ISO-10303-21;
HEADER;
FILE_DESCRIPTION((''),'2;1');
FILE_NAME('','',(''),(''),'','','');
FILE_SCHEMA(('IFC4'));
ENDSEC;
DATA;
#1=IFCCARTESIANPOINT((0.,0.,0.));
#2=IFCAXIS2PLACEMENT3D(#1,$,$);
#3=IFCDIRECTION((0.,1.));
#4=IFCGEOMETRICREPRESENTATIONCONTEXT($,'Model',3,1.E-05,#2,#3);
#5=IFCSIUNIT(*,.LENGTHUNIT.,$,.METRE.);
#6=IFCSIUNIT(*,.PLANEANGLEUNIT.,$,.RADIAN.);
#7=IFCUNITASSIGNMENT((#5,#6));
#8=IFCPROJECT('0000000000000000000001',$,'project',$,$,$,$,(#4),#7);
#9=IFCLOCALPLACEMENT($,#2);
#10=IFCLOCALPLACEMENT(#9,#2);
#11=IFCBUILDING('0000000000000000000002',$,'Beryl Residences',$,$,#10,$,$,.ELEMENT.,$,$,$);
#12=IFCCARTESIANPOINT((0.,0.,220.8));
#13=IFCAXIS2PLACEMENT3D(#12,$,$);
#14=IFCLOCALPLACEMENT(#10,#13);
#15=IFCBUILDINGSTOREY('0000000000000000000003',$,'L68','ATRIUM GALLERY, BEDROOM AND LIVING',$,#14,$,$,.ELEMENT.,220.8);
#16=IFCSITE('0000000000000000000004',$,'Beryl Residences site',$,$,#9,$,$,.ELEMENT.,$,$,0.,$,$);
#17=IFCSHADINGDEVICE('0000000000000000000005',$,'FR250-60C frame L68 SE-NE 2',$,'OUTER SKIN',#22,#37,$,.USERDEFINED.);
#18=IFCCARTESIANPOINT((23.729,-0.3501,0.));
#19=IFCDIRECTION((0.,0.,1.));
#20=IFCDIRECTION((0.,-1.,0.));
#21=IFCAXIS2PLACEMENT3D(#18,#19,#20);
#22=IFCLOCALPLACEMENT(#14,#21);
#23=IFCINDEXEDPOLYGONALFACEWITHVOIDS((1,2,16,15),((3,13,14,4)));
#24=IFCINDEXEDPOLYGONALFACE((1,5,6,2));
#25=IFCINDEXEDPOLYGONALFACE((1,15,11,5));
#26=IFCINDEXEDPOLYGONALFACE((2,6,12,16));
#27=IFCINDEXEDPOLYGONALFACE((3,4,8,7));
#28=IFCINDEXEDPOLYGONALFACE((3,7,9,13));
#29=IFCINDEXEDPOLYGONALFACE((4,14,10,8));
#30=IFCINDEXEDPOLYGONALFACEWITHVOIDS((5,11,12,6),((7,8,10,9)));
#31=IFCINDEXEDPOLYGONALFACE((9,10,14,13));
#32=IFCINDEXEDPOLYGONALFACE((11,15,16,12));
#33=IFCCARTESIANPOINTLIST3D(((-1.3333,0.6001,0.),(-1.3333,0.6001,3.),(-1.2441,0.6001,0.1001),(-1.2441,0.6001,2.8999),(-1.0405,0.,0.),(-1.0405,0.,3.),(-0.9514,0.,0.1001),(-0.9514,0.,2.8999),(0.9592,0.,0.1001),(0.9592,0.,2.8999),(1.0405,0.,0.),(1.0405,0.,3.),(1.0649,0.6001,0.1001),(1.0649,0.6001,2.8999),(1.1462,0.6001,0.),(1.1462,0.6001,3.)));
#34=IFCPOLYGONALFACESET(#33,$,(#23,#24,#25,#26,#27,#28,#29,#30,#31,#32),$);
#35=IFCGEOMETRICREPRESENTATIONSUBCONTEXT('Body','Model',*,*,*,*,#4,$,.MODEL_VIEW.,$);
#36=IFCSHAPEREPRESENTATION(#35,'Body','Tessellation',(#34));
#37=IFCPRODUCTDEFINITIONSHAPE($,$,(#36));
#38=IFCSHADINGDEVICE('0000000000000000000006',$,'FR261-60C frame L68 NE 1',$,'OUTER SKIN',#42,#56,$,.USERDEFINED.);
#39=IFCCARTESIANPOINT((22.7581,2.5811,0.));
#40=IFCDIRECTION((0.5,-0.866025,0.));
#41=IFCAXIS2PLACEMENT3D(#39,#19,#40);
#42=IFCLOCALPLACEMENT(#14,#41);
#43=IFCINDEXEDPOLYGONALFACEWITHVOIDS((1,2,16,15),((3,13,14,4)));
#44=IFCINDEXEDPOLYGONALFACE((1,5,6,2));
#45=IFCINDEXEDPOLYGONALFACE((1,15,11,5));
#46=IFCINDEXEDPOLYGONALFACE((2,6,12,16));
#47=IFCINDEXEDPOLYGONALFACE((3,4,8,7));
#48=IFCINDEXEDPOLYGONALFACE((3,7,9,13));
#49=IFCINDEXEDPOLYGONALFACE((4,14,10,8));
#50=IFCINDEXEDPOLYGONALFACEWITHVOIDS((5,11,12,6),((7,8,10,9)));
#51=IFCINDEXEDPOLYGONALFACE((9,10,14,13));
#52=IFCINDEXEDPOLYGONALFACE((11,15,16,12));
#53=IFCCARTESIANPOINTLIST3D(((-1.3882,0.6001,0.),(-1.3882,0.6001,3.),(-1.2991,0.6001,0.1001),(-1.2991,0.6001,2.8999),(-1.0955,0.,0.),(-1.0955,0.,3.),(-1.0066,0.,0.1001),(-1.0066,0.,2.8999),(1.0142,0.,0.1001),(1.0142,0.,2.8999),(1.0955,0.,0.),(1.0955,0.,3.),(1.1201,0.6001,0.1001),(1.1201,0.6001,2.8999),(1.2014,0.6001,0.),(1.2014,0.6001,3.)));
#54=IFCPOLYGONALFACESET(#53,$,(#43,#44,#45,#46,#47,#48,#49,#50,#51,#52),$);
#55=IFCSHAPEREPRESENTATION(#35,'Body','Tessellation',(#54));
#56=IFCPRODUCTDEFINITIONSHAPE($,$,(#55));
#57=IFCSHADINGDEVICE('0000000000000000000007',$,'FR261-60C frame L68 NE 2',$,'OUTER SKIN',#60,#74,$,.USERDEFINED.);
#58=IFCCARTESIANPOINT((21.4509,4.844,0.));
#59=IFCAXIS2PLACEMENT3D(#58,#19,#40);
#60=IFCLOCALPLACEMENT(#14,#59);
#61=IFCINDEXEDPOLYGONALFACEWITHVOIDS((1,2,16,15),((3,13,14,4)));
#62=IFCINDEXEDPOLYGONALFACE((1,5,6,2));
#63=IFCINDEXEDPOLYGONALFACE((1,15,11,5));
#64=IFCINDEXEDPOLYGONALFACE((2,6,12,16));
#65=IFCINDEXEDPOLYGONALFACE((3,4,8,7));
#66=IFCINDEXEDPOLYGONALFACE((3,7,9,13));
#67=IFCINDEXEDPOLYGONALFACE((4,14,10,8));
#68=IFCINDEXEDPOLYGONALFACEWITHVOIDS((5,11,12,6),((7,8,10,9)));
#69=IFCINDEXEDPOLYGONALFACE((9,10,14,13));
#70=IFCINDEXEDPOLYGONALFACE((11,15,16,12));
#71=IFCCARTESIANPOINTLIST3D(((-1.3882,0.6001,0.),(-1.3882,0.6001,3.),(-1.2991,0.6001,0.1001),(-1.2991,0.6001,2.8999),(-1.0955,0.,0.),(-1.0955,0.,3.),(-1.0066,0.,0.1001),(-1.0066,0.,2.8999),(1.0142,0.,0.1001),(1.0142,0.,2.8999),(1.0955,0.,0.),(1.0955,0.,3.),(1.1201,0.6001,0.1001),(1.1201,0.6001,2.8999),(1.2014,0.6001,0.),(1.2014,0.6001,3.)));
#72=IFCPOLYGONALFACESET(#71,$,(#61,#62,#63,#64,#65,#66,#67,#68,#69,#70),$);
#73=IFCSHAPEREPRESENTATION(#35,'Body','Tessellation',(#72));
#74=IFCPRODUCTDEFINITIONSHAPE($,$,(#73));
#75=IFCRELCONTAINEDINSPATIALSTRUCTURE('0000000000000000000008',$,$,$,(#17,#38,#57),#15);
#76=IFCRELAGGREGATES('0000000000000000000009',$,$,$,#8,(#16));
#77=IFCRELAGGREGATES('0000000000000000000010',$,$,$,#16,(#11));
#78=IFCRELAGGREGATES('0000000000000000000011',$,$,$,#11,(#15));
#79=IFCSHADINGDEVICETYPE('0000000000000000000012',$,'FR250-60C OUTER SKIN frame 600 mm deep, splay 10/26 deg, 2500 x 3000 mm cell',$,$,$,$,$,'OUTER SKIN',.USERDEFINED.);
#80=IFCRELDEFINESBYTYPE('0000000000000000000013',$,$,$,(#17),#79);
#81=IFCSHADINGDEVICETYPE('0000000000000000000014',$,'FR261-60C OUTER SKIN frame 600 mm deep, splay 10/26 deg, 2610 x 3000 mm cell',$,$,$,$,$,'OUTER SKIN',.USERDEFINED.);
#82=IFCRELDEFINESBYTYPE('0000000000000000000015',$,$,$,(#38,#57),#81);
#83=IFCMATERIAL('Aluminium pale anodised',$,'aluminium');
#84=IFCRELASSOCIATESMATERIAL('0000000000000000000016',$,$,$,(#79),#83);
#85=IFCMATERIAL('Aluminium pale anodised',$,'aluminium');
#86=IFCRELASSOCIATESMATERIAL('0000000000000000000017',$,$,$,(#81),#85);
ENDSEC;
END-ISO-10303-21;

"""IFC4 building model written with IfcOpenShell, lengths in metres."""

from ifc_helpers import new_model, entity, si_unit, direction, frame, origin, place, context, subcontext, project, spatial, source, transform, mapped, material, type_object, type_shapes, element, save


model = new_model("IFC4")

# Units and contexts
model_context = context("Model", 3, precision=1e-05, world=origin(), true_north=direction((0.0, 1.0)))
body_context = subcontext(model_context, "Body", "Model", "MODEL_VIEW")
ifc_project = project(units=[si_unit("LENGTHUNIT", "METRE"), si_unit("PLANEANGLEUNIT", "RADIAN")], contexts=[model_context])

# Site, building, storey
site_placement = place(None, origin())
site = spatial("IfcSite", under=ifc_project, at=site_placement, Name="Beryl Residences site", CompositionType="ELEMENT", RefElevation=0.0)
building_placement = place(site_placement, origin())
building = spatial("IfcBuilding", under=site, at=building_placement, Name="Beryl Residences", CompositionType="ELEMENT")
storey_placement = place(building_placement, frame((0.0, 0.0, 220.8)))
storey = spatial("IfcBuildingStorey", under=building, at=storey_placement, Name="L68", Description="ATRIUM GALLERY, BEDROOM AND LIVING", CompositionType="ELEMENT", Elevation=220.8)

# Shading devices
ifc_material_1 = material(Name="Aluminium pale anodised", Category="aluminium")
shading_device_type_1 = type_object("IfcShadingDeviceType", Name="FR250-60C OUTER SKIN frame 600 mm deep, splay 10/26 deg, 2500 x 3000 mm cell", ElementType="OUTER SKIN", PredefinedType="USERDEFINED", material=ifc_material_1)
cartesian_point_1 = entity("IfcCartesianPoint", [-1.0405, 0.0])
cartesian_point_2 = entity("IfcCartesianPoint", [-0.9592, 0.1001])
cartesian_point_3 = entity("IfcCartesianPoint", [-1.1462, 0.0])
cartesian_point_4 = entity("IfcCartesianPoint", [-1.0649, 0.1001])
shared_shape_1 = source(origin(), body_context, "Body", "SweptSolid", [
    entity("IfcExtrudedAreaSolidTapered", entity("IfcArbitraryProfileDefWithVoids", "AREA", None, entity("IfcPolyline", [cartesian_point_1, entity("IfcCartesianPoint", [1.0405, 0.0]), entity("IfcCartesianPoint", [1.0405, 3.0]), entity("IfcCartesianPoint", [-1.0405, 3.0]), cartesian_point_1]), [entity("IfcPolyline", [cartesian_point_2, entity("IfcCartesianPoint", [0.9514, 0.1001]), entity("IfcCartesianPoint", [0.9514, 2.8999]), entity("IfcCartesianPoint", [-0.9592, 2.8999]), cartesian_point_2])]), entity("IfcAxis2Placement3D", entity("IfcCartesianPoint", [0.0, 0.0, 0.0]), entity("IfcDirection", [0.0, 1.0, 0.0]), entity("IfcDirection", [-1.0, 0.0, 0.0])), entity("IfcDirection", [0.0, 0.0, 1.0]), 0.6001, entity("IfcArbitraryProfileDefWithVoids", "AREA", None, entity("IfcPolyline", [cartesian_point_3, entity("IfcCartesianPoint", [1.3333, 0.0]), entity("IfcCartesianPoint", [1.3333, 3.0]), entity("IfcCartesianPoint", [-1.1462, 3.0]), cartesian_point_3]), [entity("IfcPolyline", [cartesian_point_4, entity("IfcCartesianPoint", [1.2441, 0.1001]), entity("IfcCartesianPoint", [1.2441, 2.8999]), entity("IfcCartesianPoint", [-1.0649, 2.8999]), cartesian_point_4])])),
])
type_shapes(shading_device_type_1, [shared_shape_1])
shading_device_placement = place(storey_placement, frame((23.729, -0.3501, 0.0), z_axis=(0.0, 0.0, 1.0), x_axis=(0.0, -1.0, 0.0)))
element("IfcShadingDevice", 1, at=shading_device_placement, inside=storey, type_object=shading_device_type_1, Name="FR250-60C frame L68 SE-NE 2", ObjectType="OUTER SKIN", PredefinedType="USERDEFINED", context=body_context, shape_type="MappedRepresentation", body=[
    mapped(shared_shape_1, transform((0.0, 0.0, 0.0))),
])
ifc_material_2 = material(Name="Aluminium pale anodised", Category="aluminium")
shading_device_type_2 = type_object("IfcShadingDeviceType", Name="FR261-60C OUTER SKIN frame 600 mm deep, splay 10/26 deg, 2610 x 3000 mm cell", ElementType="OUTER SKIN", PredefinedType="USERDEFINED", material=ifc_material_2)
cartesian_point_5 = entity("IfcCartesianPoint", [-1.0955, 0.0])
cartesian_point_6 = entity("IfcCartesianPoint", [-1.0142, 0.1001])
cartesian_point_7 = entity("IfcCartesianPoint", [-1.2014, 0.0])
cartesian_point_8 = entity("IfcCartesianPoint", [-1.1201, 0.1001])
shared_shape_2 = source(origin(), body_context, "Body", "SweptSolid", [
    entity("IfcExtrudedAreaSolidTapered", entity("IfcArbitraryProfileDefWithVoids", "AREA", None, entity("IfcPolyline", [cartesian_point_5, entity("IfcCartesianPoint", [1.0955, 0.0]), entity("IfcCartesianPoint", [1.0955, 3.0]), entity("IfcCartesianPoint", [-1.0955, 3.0]), cartesian_point_5]), [entity("IfcPolyline", [cartesian_point_6, entity("IfcCartesianPoint", [1.0066, 0.1001]), entity("IfcCartesianPoint", [1.0066, 2.8999]), entity("IfcCartesianPoint", [-1.0142, 2.8999]), cartesian_point_6])]), entity("IfcAxis2Placement3D", entity("IfcCartesianPoint", [0.0, 0.0, 0.0]), entity("IfcDirection", [0.0, 1.0, 0.0]), entity("IfcDirection", [-1.0, 0.0, 0.0])), entity("IfcDirection", [0.0, 0.0, 1.0]), 0.6001, entity("IfcArbitraryProfileDefWithVoids", "AREA", None, entity("IfcPolyline", [cartesian_point_7, entity("IfcCartesianPoint", [1.3882, 0.0]), entity("IfcCartesianPoint", [1.3882, 3.0]), entity("IfcCartesianPoint", [-1.2014, 3.0]), cartesian_point_7]), [entity("IfcPolyline", [cartesian_point_8, entity("IfcCartesianPoint", [1.2991, 0.1001]), entity("IfcCartesianPoint", [1.2991, 2.8999]), entity("IfcCartesianPoint", [-1.1201, 2.8999]), cartesian_point_8])])),
])
type_shapes(shading_device_type_2, [shared_shape_2])
for number, where, z_axis, x_axis, name in (
    (2, (22.7581, 2.5811, 0.0), (0.0, 0.0, 1.0), (0.5, -0.866025, 0.0), "FR261-60C frame L68 NE 1"),
    (3, (21.4509, 4.844, 0.0), (0.0, 0.0, 1.0), (0.5, -0.866025, 0.0), "FR261-60C frame L68 NE 2"),
):
    element("IfcShadingDevice", number, at=place(storey_placement, frame(where, z_axis=z_axis, x_axis=x_axis)), inside=storey, type_object=shading_device_type_2, Name=name, ObjectType="OUTER SKIN", PredefinedType="USERDEFINED", context=body_context, shape_type="MappedRepresentation", body=[
        mapped(shared_shape_2, transform((0.0, 0.0, 0.0))),
    ])

save(model, "model.ifc")
